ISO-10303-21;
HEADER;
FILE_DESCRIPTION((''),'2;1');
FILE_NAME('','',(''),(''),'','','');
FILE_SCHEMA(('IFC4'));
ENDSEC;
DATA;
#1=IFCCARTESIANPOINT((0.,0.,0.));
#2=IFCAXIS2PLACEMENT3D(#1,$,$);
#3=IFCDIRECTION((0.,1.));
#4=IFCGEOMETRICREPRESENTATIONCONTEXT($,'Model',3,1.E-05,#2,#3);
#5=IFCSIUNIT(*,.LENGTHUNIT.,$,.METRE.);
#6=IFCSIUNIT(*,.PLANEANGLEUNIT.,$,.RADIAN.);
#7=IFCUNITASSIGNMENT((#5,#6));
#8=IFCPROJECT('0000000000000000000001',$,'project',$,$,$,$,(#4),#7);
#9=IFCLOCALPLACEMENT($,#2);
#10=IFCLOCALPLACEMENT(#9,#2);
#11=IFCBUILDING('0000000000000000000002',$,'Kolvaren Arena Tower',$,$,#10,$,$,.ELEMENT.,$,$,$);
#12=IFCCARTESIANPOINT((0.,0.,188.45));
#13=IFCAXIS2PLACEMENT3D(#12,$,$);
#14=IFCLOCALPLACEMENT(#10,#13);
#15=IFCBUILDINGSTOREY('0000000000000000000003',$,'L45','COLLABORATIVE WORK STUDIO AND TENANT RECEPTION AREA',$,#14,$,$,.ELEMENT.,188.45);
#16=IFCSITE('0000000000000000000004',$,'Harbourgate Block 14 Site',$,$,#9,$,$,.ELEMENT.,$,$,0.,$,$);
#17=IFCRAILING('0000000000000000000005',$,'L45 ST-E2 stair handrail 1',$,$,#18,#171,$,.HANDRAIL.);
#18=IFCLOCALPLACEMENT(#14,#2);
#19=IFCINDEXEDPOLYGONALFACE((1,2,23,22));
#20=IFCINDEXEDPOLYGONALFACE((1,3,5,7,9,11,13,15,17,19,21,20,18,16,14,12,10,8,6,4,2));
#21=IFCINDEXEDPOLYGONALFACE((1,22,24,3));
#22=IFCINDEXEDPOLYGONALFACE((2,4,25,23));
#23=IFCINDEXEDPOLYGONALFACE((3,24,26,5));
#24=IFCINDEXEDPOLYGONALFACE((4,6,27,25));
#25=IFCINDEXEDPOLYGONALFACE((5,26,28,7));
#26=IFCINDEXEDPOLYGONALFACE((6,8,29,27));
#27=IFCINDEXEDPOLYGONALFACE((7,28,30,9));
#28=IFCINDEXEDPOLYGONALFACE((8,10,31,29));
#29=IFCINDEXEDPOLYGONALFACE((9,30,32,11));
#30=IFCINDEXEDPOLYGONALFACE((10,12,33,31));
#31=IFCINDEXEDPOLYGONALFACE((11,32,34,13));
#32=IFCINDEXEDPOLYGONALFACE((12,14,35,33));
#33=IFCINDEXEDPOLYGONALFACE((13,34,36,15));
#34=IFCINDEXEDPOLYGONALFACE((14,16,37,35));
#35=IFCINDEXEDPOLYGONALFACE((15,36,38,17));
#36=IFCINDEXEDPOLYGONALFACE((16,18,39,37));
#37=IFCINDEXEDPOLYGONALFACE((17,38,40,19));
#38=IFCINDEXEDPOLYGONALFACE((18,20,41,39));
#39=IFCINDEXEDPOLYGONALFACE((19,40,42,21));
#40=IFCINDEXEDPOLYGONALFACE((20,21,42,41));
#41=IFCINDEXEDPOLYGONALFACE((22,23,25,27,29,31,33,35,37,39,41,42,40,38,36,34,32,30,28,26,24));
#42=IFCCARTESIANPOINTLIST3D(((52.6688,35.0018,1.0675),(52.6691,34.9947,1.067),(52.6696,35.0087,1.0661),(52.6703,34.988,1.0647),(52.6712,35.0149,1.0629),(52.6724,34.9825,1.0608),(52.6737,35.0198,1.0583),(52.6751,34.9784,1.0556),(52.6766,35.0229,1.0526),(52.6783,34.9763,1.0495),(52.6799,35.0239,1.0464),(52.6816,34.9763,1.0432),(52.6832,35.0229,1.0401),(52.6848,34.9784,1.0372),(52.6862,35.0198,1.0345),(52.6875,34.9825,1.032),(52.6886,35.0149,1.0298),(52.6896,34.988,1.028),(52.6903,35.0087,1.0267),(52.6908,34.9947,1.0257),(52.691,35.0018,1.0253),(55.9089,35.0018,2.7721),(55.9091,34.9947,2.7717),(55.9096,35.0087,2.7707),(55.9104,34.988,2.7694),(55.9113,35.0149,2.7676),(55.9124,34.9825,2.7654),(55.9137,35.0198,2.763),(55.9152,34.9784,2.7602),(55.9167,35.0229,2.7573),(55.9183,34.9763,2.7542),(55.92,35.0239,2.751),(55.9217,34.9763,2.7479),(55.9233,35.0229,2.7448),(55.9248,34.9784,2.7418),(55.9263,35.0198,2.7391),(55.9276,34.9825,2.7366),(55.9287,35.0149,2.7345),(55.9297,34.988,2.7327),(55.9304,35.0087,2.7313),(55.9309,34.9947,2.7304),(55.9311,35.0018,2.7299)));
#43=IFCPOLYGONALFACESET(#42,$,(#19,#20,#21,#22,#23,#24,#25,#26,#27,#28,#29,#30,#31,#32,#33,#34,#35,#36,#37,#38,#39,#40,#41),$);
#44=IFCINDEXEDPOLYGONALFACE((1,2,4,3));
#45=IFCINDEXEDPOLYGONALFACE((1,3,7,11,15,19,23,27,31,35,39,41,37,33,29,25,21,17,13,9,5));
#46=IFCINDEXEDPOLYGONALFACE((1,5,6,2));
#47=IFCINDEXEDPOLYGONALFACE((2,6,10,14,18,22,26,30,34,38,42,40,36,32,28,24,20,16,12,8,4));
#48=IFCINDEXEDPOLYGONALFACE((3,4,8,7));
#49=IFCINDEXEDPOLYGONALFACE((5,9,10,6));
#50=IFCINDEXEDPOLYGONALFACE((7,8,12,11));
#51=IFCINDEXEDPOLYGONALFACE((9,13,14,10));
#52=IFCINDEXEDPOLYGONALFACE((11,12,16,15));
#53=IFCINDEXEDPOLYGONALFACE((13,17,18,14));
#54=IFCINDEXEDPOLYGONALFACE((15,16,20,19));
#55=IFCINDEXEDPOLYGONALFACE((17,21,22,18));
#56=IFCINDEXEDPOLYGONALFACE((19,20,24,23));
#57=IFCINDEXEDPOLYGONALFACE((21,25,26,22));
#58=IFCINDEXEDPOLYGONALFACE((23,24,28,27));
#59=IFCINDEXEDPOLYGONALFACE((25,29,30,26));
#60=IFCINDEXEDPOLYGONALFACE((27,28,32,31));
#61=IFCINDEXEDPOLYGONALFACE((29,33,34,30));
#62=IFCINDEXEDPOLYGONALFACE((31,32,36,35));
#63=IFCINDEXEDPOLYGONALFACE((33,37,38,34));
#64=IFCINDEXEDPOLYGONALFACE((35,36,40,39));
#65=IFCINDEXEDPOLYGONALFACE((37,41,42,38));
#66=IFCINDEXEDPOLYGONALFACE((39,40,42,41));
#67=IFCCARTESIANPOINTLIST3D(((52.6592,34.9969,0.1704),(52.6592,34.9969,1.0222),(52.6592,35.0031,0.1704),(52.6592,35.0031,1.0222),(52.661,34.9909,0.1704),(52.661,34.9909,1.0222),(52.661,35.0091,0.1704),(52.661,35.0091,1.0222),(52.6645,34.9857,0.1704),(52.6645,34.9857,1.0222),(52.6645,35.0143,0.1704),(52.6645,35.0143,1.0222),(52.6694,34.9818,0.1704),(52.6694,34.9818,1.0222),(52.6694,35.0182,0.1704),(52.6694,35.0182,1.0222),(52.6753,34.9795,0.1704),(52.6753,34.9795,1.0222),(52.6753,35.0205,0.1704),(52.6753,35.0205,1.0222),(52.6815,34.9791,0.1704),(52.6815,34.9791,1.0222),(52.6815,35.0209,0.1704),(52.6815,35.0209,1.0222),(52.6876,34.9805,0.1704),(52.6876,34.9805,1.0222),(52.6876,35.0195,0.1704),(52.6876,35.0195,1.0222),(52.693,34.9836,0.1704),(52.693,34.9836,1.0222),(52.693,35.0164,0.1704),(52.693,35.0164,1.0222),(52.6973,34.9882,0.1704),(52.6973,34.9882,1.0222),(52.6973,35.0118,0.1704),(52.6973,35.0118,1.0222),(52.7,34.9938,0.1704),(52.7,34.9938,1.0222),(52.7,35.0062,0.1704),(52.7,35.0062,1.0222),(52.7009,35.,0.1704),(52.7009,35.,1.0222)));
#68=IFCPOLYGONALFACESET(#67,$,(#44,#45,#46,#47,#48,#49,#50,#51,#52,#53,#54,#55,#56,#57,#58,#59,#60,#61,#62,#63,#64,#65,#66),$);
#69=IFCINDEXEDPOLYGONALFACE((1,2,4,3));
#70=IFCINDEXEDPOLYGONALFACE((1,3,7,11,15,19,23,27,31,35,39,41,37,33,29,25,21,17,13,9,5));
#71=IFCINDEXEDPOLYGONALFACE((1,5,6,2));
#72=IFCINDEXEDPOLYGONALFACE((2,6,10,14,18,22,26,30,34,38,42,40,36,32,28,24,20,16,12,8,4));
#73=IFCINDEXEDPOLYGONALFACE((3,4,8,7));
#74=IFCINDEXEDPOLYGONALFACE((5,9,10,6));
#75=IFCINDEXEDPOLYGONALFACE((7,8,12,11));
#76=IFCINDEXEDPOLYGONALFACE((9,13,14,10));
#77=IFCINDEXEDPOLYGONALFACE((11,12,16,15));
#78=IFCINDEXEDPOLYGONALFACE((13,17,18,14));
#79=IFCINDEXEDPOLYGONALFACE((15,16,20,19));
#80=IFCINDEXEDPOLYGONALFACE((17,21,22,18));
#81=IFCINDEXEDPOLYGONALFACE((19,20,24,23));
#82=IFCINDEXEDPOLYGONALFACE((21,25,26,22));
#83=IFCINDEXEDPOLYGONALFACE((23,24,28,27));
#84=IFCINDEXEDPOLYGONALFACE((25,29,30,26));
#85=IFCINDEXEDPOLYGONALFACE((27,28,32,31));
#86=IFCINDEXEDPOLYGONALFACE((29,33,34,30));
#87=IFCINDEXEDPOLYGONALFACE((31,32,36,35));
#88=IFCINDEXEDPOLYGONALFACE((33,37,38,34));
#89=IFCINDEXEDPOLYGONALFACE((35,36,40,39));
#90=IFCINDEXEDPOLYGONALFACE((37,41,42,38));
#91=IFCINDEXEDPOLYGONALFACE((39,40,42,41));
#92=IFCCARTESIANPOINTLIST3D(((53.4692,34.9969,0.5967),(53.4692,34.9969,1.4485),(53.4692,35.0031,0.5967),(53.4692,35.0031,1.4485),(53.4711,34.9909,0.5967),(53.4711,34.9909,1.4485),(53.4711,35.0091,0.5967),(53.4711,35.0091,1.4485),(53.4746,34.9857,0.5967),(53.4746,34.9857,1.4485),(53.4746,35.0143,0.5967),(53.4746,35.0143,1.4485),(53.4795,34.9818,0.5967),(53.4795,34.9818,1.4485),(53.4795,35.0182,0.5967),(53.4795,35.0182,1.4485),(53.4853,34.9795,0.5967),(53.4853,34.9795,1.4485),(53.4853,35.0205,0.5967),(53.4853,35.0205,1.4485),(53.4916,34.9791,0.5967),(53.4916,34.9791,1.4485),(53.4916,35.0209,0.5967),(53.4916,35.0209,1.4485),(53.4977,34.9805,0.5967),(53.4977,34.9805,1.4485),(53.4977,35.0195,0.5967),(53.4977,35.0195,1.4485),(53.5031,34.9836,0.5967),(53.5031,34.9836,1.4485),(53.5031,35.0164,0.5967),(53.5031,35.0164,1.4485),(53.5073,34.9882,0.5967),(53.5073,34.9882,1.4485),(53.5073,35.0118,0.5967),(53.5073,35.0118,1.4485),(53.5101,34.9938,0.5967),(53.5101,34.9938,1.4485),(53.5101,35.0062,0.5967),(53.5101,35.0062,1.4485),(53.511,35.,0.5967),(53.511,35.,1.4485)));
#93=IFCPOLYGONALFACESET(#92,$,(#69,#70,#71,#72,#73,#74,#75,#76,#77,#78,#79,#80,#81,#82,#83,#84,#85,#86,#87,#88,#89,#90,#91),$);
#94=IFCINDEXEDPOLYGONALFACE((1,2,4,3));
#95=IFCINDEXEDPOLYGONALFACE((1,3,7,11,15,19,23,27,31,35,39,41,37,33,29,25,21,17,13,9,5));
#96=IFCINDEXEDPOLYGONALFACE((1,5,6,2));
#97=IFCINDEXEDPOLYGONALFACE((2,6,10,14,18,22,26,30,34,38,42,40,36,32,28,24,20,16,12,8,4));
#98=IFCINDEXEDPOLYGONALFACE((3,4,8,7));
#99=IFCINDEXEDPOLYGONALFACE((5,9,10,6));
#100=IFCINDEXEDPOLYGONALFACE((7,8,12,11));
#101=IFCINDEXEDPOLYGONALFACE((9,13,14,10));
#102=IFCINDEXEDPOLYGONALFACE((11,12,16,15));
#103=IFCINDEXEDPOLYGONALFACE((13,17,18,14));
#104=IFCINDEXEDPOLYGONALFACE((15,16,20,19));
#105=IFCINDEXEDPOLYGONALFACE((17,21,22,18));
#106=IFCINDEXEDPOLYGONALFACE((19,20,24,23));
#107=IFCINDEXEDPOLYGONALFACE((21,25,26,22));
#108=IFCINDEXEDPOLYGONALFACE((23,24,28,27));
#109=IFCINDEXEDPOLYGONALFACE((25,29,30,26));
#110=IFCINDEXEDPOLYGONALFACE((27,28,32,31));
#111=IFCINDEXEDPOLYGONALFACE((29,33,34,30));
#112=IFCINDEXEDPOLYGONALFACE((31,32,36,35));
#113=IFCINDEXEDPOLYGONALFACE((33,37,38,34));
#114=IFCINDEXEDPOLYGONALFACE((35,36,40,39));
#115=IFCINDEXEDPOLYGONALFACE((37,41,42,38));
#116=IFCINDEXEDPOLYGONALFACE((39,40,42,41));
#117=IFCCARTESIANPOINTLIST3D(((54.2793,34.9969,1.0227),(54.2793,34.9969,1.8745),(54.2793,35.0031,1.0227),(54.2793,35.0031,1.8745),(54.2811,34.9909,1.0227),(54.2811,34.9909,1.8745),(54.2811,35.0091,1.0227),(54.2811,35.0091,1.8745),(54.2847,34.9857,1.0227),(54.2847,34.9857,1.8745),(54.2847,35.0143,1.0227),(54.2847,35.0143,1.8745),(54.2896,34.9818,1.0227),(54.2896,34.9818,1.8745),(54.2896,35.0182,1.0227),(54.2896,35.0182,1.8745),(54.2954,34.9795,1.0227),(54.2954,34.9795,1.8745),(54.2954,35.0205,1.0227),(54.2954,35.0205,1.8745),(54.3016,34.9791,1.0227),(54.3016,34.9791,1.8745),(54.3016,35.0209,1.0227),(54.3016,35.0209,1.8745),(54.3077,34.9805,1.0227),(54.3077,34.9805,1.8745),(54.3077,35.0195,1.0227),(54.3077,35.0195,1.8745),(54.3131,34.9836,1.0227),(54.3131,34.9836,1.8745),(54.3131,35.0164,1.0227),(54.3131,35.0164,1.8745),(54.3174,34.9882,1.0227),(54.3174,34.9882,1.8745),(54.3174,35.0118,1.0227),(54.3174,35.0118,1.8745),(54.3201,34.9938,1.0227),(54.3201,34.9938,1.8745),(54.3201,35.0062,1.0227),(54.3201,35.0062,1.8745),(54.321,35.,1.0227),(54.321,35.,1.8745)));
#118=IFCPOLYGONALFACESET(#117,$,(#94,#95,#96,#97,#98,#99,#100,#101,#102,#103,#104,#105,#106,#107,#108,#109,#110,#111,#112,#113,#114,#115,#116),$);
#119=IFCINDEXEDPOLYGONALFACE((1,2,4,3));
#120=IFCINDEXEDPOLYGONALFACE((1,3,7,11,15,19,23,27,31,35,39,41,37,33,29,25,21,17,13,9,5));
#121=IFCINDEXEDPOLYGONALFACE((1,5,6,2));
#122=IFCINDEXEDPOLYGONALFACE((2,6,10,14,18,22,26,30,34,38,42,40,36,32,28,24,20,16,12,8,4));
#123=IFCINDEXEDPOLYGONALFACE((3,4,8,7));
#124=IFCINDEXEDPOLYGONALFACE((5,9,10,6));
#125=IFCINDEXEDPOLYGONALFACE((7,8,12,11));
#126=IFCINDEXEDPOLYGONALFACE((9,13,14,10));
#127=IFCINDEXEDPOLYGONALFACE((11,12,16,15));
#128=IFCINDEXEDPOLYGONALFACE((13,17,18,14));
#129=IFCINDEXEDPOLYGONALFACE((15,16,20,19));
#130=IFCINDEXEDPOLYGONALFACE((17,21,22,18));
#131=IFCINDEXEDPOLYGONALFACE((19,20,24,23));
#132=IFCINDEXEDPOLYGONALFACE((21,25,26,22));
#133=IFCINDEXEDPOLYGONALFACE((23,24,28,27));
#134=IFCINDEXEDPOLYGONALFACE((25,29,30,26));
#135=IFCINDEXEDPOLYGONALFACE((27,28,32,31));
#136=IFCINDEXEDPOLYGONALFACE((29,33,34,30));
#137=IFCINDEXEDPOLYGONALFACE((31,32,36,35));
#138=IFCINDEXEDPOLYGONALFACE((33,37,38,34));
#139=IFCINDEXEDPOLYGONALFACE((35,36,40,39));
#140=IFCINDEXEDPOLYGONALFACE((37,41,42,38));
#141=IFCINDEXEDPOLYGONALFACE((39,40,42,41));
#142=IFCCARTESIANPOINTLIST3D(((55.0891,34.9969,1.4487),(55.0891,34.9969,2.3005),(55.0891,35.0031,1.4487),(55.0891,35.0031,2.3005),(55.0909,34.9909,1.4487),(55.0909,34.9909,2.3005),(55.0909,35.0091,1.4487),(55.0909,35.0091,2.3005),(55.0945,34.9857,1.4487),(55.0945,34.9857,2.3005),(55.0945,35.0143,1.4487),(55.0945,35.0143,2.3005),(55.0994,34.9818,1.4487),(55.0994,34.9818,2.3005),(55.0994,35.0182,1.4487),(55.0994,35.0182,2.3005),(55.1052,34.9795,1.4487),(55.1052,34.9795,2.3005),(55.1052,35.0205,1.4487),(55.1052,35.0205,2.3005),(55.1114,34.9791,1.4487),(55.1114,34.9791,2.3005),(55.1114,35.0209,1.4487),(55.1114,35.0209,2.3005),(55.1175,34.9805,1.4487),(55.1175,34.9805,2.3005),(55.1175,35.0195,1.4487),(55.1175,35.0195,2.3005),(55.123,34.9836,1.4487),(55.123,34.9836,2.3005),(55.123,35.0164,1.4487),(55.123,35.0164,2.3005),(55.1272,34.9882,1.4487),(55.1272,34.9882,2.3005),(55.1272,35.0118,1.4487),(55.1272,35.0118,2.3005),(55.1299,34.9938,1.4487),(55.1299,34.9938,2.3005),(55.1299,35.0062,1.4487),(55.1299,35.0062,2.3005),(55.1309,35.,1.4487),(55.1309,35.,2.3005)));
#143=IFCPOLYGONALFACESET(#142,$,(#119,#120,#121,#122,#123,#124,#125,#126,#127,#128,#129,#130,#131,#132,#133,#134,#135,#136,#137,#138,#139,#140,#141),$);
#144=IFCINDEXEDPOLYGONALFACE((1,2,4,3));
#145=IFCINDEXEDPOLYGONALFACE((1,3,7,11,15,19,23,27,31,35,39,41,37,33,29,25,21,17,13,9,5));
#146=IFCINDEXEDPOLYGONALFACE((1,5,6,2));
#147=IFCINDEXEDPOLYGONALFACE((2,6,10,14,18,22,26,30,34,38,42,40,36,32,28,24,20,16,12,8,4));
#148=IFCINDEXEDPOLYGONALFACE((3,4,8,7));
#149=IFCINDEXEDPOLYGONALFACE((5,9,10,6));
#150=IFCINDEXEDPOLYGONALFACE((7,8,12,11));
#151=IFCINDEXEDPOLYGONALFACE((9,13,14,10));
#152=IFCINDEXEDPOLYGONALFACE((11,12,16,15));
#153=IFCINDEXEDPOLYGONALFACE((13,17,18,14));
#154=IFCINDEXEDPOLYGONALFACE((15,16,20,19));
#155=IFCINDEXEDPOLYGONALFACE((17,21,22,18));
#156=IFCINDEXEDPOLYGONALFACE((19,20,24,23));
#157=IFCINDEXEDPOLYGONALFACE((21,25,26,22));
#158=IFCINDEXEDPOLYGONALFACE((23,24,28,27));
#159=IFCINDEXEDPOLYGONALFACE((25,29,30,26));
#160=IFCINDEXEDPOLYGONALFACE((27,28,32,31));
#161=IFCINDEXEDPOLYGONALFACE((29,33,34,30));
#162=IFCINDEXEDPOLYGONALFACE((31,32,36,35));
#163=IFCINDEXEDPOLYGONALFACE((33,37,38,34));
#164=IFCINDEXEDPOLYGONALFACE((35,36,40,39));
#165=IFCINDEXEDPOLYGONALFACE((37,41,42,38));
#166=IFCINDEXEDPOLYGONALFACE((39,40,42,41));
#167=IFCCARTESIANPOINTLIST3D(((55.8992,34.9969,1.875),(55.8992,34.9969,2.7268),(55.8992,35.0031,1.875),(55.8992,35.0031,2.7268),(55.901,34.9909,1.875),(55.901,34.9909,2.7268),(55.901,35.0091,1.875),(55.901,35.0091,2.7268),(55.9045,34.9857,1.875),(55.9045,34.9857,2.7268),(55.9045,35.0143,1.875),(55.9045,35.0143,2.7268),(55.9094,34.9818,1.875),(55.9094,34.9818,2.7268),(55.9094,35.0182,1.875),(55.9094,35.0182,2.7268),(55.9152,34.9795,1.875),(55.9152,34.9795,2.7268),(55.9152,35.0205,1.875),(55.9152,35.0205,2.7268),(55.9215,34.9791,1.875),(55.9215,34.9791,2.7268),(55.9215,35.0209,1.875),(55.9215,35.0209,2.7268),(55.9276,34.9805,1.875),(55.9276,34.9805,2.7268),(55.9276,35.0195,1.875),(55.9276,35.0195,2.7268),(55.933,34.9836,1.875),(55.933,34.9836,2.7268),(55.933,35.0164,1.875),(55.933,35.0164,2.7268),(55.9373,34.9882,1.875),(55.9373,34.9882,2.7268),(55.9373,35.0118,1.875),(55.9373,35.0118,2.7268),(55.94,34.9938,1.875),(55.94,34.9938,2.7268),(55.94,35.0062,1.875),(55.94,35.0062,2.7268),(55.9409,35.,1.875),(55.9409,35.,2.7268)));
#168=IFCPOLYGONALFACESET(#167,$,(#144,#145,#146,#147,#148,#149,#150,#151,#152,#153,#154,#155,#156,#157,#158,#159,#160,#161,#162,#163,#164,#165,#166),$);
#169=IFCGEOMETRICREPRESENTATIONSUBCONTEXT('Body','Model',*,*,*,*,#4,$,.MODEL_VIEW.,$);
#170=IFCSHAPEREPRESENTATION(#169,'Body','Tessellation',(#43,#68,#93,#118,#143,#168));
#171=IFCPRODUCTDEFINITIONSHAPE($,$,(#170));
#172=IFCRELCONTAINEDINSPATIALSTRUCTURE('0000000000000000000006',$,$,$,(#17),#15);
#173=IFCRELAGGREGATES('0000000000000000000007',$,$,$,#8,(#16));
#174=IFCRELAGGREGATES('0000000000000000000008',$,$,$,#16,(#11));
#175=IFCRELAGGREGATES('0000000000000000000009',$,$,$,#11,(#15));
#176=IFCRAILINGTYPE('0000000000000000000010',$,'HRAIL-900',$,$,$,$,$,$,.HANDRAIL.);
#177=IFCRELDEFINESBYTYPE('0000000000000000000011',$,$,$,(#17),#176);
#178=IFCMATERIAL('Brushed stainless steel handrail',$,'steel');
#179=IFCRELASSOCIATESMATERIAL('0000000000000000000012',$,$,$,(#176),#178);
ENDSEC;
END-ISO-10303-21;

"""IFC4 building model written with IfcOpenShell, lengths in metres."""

from ifc_helpers import new_model, si_unit, direction, frame, origin, origin_2d, place, context, subcontext, project, spatial, circle, extrude, material, type_object, element, save


model = new_model("IFC4")

# Units and contexts
model_context = context("Model", 3, precision=1e-05, world=origin(), true_north=direction((0.0, 1.0)))
body_context = subcontext(model_context, "Body", "Model", "MODEL_VIEW")
ifc_project = project(units=[si_unit("LENGTHUNIT", "METRE"), si_unit("PLANEANGLEUNIT", "RADIAN")], contexts=[model_context])

# Site, building, storey
site_placement = place(None, origin())
site = spatial("IfcSite", under=ifc_project, at=site_placement, Name="Harbourgate Block 14 Site", CompositionType="ELEMENT", RefElevation=0.0)
building_placement = place(site_placement, origin())
building = spatial("IfcBuilding", under=site, at=building_placement, Name="Kolvaren Arena Tower", CompositionType="ELEMENT")
storey_placement = place(building_placement, frame((0.0, 0.0, 188.45)))
storey = spatial("IfcBuildingStorey", under=building, at=storey_placement, Name="L45", Description="COLLABORATIVE WORK STUDIO AND TENANT RECEPTION AREA", CompositionType="ELEMENT", Elevation=188.45)

# Railing
ifc_material_1 = material(Name="Brushed stainless steel handrail", Category="steel")
railing_type_1 = type_object("IfcRailingType", Name="HRAIL-900", PredefinedType="HANDRAIL", material=ifc_material_1)
for number, where, name in (
    (1, (52.6799, 35.0, 0.1704), "L45 ST-E2 stair handrail 1"),
):
    element("IfcRailing", number, at=place(storey_placement, frame(where)), inside=storey, type_object=railing_type_1, Name=name, PredefinedType="HANDRAIL", context=body_context, shape_type="SweptSolid", body=[
        extrude(circle(Radius=0.0239, at=origin_2d()), frame((0.0, 0.0, 0.876), z_axis=(0.884993, 0.0, 0.465604), x_axis=(0.0, 1.0, 0.0)), (0.0, 0.0, 1.0), 3.6611),
        extrude(circle(Radius=0.021, at=origin_2d()), origin(), (0.0, 0.0, 1.0), 0.8518),
        extrude(circle(Radius=0.021, at=origin_2d()), frame((0.8101, 0.0, 0.4263)), (0.0, 0.0, 1.0), 0.8518),
        extrude(circle(Radius=0.021, at=origin_2d()), frame((1.6201, 0.0, 0.8523)), (0.0, 0.0, 1.0), 0.8518),
        extrude(circle(Radius=0.021, at=origin_2d()), frame((2.4299, 0.0, 1.2783)), (0.0, 0.0, 1.0), 0.8518),
        extrude(circle(Radius=0.021, at=origin_2d()), frame((3.24, 0.0, 1.7046)), (0.0, 0.0, 1.0), 0.8518),
    ])

save(model, "model.ifc")
